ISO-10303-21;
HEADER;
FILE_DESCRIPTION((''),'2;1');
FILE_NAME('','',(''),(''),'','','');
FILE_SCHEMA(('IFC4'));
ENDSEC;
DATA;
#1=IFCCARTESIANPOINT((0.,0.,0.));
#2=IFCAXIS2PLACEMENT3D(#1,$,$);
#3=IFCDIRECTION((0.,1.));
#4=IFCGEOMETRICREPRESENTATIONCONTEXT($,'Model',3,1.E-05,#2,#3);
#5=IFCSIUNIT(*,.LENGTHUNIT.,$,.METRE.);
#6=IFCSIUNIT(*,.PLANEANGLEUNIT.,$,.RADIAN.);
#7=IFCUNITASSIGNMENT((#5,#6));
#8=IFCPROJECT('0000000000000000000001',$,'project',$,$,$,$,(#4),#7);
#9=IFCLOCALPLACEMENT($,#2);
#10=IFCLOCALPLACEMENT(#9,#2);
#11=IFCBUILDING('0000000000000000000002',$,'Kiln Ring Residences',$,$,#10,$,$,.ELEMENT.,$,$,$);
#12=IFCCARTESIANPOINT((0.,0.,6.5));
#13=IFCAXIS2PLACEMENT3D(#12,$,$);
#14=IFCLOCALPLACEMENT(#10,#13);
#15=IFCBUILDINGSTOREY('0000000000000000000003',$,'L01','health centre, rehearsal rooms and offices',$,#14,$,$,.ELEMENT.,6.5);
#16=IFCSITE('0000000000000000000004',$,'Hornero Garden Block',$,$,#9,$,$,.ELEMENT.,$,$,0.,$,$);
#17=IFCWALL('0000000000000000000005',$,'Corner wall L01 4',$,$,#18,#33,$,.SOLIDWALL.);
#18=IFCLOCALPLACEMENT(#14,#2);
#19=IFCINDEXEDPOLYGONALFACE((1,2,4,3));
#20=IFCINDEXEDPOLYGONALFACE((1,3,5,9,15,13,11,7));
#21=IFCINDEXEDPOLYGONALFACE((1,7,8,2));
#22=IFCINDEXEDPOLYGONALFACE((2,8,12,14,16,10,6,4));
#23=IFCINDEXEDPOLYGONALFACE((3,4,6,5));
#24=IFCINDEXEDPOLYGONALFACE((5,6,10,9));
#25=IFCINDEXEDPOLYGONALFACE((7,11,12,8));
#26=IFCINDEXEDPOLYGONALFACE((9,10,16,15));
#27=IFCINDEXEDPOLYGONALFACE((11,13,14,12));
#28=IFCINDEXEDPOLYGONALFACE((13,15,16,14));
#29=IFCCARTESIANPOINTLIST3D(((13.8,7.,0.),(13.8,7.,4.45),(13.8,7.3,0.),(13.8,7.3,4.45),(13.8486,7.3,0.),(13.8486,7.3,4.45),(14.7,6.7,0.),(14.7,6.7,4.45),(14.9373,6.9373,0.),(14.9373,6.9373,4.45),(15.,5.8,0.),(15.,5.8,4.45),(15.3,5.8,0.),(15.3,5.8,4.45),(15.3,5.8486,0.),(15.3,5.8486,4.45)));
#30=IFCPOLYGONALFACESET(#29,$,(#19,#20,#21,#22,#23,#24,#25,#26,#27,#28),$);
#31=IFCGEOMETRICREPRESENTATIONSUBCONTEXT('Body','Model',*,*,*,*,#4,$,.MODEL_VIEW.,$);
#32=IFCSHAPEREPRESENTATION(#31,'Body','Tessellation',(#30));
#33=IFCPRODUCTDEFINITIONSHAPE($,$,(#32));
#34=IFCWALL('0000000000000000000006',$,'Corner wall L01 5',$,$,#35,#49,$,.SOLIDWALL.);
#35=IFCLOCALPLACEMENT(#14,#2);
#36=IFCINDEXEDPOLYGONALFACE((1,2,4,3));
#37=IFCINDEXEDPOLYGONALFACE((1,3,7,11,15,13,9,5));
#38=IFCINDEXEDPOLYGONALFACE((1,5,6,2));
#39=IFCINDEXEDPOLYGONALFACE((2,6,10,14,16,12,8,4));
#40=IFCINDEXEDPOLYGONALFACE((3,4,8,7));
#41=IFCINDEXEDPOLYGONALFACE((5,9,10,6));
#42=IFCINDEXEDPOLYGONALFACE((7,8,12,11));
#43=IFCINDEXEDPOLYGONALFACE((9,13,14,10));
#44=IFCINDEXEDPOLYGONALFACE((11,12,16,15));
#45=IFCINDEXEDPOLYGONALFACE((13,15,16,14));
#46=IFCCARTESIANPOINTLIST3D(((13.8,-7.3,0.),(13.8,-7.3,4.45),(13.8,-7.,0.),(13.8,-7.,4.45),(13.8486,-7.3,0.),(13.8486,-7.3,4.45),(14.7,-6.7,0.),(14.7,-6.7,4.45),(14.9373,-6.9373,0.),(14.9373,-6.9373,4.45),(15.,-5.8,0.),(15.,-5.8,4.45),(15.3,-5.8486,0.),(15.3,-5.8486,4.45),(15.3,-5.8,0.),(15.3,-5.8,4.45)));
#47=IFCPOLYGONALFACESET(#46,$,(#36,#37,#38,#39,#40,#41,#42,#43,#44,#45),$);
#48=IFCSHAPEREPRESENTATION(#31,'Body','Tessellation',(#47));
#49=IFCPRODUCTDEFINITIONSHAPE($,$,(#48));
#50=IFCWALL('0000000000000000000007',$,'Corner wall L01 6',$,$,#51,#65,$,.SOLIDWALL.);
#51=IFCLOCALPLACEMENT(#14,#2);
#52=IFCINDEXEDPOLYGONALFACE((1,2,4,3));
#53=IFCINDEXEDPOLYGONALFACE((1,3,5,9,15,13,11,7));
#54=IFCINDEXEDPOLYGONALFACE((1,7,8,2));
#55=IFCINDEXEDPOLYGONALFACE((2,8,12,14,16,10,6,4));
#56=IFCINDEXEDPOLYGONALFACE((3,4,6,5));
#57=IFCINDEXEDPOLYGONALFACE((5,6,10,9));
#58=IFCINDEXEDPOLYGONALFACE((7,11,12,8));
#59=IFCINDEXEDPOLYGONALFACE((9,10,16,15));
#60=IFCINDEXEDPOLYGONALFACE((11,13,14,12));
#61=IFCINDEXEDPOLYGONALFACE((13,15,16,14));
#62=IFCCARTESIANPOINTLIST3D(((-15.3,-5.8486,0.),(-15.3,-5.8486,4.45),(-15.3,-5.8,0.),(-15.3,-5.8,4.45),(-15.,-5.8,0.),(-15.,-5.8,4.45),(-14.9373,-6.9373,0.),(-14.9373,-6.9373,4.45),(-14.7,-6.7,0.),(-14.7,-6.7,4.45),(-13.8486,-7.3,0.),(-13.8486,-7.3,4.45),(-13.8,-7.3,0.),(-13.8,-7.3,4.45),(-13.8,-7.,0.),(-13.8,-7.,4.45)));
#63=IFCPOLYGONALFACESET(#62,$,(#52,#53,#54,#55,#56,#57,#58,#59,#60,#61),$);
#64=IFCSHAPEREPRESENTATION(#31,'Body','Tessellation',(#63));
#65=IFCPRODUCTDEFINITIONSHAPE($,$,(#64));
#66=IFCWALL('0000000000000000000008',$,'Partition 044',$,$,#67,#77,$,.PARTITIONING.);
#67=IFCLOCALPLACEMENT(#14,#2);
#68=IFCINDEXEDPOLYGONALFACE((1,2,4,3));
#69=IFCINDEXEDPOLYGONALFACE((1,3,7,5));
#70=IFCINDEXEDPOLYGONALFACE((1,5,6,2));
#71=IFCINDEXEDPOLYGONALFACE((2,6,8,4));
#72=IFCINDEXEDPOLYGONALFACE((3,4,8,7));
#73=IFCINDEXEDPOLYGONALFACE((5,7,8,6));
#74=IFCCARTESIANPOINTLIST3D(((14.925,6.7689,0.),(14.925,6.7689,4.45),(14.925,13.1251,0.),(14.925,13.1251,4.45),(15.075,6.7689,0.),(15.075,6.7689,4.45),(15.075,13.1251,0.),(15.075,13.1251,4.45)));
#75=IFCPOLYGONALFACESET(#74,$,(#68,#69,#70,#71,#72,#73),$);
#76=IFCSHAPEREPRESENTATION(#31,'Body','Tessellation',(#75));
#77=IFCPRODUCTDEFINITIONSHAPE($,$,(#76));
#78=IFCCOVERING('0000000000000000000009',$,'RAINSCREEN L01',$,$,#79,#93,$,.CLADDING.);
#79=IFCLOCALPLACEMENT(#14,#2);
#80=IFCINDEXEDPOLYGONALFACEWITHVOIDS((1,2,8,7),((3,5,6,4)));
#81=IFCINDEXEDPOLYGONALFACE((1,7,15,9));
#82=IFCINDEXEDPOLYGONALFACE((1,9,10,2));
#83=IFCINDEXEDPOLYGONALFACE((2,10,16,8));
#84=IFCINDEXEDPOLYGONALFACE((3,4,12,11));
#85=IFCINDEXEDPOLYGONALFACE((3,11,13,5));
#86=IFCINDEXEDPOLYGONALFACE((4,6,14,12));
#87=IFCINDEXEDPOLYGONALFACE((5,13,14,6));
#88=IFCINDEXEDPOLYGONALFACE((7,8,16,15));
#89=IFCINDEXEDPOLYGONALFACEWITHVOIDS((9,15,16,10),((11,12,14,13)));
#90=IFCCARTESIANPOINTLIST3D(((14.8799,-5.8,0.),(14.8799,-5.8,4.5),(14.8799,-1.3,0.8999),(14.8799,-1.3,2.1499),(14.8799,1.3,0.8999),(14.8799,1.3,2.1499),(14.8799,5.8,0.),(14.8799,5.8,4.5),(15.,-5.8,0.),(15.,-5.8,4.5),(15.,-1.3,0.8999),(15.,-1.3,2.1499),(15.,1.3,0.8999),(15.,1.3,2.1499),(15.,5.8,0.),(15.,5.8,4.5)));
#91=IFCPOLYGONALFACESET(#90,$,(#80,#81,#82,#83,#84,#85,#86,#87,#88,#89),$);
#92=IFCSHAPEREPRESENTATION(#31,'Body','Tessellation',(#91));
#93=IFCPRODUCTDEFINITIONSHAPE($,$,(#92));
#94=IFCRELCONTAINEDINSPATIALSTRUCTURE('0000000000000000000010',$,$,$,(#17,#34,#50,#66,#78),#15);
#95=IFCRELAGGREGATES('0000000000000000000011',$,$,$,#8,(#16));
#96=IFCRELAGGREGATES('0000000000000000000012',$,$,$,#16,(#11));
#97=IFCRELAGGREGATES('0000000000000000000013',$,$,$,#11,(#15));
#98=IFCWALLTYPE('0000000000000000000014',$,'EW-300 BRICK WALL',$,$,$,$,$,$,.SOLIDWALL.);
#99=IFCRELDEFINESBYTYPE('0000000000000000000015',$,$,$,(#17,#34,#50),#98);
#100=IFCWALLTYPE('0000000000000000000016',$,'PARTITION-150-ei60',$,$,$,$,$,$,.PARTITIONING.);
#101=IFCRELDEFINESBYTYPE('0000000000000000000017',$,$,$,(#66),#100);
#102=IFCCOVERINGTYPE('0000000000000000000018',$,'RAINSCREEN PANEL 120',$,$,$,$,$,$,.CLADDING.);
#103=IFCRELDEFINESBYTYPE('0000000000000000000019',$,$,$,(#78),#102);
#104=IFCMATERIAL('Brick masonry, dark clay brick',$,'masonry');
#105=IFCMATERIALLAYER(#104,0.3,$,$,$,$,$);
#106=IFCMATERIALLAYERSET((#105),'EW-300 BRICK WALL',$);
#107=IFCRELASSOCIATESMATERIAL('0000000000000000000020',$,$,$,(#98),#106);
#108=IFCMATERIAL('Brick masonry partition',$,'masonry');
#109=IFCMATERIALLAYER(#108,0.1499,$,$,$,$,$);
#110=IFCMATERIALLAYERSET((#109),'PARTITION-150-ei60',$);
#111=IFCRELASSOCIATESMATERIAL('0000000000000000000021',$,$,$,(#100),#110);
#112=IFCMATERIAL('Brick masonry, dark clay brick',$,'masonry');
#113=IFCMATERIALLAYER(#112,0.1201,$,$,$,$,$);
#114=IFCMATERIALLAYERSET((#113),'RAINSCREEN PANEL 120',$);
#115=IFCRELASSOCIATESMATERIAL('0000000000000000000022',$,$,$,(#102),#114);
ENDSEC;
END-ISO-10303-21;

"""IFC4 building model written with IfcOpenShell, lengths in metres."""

from ifc_helpers import new_model, si_unit, direction, frame, frame_2d, origin, place, context, subcontext, project, spatial, polyline, rectangle, outline, extrude, material, layer, layer_set, type_object, element, save


model = new_model("IFC4")

# Units and contexts
model_context = context("Model", 3, precision=1e-05, world=origin(), true_north=direction((0.0, 1.0)))
body_context = subcontext(model_context, "Body", "Model", "MODEL_VIEW")
ifc_project = project(units=[si_unit("LENGTHUNIT", "METRE"), si_unit("PLANEANGLEUNIT", "RADIAN")], contexts=[model_context])

# Site, building, storey
site_placement = place(None, origin())
site = spatial("IfcSite", under=ifc_project, at=site_placement, Name="Hornero Garden Block", CompositionType="ELEMENT", RefElevation=0.0)
building_placement = place(site_placement, origin())
building = spatial("IfcBuilding", under=site, at=building_placement, Name="Kiln Ring Residences", CompositionType="ELEMENT")
storey_placement = place(building_placement, frame((0.0, 0.0, 6.5)))
storey = spatial("IfcBuildingStorey", under=building, at=storey_placement, Name="L01", Description="health centre, rehearsal rooms and offices", CompositionType="ELEMENT", Elevation=6.5)

# Shared definitions
placement_1 = place(storey_placement, origin())

# Walls
ifc_material_1 = material(Name="Brick masonry, dark clay brick", Category="masonry")
ifc_layer_1 = layer(ifc_material_1, 0.3)
ifc_layer_set_1 = layer_set([ifc_layer_1], Name="EW-300 BRICK WALL")
wall_type_1 = type_object("IfcWallType", Name="EW-300 BRICK WALL", PredefinedType="SOLIDWALL", material=ifc_layer_set_1)
element("IfcWall", 1, at=placement_1, inside=storey, type_object=wall_type_1, Name="Corner wall L01 4", PredefinedType="SOLIDWALL", context=body_context, shape_type="SweptSolid", body=[
    extrude(outline(polyline([(14.9373, 6.9373), (13.8486, 7.3), (13.8, 7.3), (13.8, 7.0), (14.7, 6.7), (15.0, 5.8), (15.3, 5.8), (15.3, 5.8486), (14.9373, 6.9373)])), origin(), (0.0, 0.0, 1.0), 4.45),
])
element("IfcWall", 2, at=placement_1, inside=storey, type_object=wall_type_1, Name="Corner wall L01 5", PredefinedType="SOLIDWALL", context=body_context, shape_type="SweptSolid", body=[
    extrude(outline(polyline([(14.9373, -6.9373), (15.3, -5.8486), (15.3, -5.8), (15.0, -5.8), (14.7, -6.7), (13.8, -7.0), (13.8, -7.3), (13.8486, -7.3), (14.9373, -6.9373)])), origin(), (0.0, 0.0, 1.0), 4.45),
])
element("IfcWall", 3, at=placement_1, inside=storey, type_object=wall_type_1, Name="Corner wall L01 6", PredefinedType="SOLIDWALL", context=body_context, shape_type="SweptSolid", body=[
    extrude(outline(polyline([(-14.9373, -6.9373), (-13.8486, -7.3), (-13.8, -7.3), (-13.8, -7.0), (-14.7, -6.7), (-15.0, -5.8), (-15.3, -5.8), (-15.3, -5.8486), (-14.9373, -6.9373)])), origin(), (0.0, 0.0, 1.0), 4.45),
])
ifc_material_2 = material(Name="Brick masonry partition", Category="masonry")
ifc_layer_2 = layer(ifc_material_2, 0.1499)
ifc_layer_set_2 = layer_set([ifc_layer_2], Name="PARTITION-150-ei60")
wall_type_2 = type_object("IfcWallType", Name="PARTITION-150-ei60", PredefinedType="PARTITIONING", material=ifc_layer_set_2)
wall_1_placement = place(storey_placement, frame((15.0, 6.7688, 0.0), z_axis=(0.0, 0.0, 1.0), x_axis=(0.0, 1.0, 0.0)))
element("IfcWall", 4, at=wall_1_placement, inside=storey, type_object=wall_type_2, Name="Partition 044", PredefinedType="PARTITIONING", context=body_context, shape_type="SweptSolid", body=[
    extrude(rectangle(XDim=6.3562, YDim=0.1499, at=frame_2d((3.1782, 0.0))), origin(), (0.0, 0.0, 1.0), 4.45),
])

# Covering
ifc_material_3 = material(Name="Brick masonry, dark clay brick", Category="masonry")
ifc_layer_3 = layer(ifc_material_3, 0.1201)
ifc_layer_set_3 = layer_set([ifc_layer_3], Name="RAINSCREEN PANEL 120")
covering_type = type_object("IfcCoveringType", Name="RAINSCREEN PANEL 120", PredefinedType="CLADDING", material=ifc_layer_set_3)
covering_placement = place(storey_placement, frame((14.9399, 5.8, 0.0), z_axis=(0.0, 0.0, 1.0), x_axis=(0.0, -1.0, 0.0)))
element("IfcCovering", 5, at=covering_placement, inside=storey, type_object=covering_type, Name="RAINSCREEN L01", PredefinedType="CLADDING", context=body_context, shape_type="SweptSolid", body=[
    extrude(outline(polyline([(0.0, 0.0), (11.6001, 0.0), (11.6001, 4.5), (0.0, 4.5), (0.0, 0.0)]), holes=[polyline([(4.5, 2.1499), (4.5, 0.8999), (7.1001, 0.8999), (7.1001, 2.1499), (4.5, 2.1499)])]), frame((0.0, 0.0601, 0.0), z_axis=(0.0, -1.0, 0.0), x_axis=(1.0, 0.0, 0.0)), (0.0, 0.0, 1.0), 0.1201),
])

save(model, "model.ifc")
